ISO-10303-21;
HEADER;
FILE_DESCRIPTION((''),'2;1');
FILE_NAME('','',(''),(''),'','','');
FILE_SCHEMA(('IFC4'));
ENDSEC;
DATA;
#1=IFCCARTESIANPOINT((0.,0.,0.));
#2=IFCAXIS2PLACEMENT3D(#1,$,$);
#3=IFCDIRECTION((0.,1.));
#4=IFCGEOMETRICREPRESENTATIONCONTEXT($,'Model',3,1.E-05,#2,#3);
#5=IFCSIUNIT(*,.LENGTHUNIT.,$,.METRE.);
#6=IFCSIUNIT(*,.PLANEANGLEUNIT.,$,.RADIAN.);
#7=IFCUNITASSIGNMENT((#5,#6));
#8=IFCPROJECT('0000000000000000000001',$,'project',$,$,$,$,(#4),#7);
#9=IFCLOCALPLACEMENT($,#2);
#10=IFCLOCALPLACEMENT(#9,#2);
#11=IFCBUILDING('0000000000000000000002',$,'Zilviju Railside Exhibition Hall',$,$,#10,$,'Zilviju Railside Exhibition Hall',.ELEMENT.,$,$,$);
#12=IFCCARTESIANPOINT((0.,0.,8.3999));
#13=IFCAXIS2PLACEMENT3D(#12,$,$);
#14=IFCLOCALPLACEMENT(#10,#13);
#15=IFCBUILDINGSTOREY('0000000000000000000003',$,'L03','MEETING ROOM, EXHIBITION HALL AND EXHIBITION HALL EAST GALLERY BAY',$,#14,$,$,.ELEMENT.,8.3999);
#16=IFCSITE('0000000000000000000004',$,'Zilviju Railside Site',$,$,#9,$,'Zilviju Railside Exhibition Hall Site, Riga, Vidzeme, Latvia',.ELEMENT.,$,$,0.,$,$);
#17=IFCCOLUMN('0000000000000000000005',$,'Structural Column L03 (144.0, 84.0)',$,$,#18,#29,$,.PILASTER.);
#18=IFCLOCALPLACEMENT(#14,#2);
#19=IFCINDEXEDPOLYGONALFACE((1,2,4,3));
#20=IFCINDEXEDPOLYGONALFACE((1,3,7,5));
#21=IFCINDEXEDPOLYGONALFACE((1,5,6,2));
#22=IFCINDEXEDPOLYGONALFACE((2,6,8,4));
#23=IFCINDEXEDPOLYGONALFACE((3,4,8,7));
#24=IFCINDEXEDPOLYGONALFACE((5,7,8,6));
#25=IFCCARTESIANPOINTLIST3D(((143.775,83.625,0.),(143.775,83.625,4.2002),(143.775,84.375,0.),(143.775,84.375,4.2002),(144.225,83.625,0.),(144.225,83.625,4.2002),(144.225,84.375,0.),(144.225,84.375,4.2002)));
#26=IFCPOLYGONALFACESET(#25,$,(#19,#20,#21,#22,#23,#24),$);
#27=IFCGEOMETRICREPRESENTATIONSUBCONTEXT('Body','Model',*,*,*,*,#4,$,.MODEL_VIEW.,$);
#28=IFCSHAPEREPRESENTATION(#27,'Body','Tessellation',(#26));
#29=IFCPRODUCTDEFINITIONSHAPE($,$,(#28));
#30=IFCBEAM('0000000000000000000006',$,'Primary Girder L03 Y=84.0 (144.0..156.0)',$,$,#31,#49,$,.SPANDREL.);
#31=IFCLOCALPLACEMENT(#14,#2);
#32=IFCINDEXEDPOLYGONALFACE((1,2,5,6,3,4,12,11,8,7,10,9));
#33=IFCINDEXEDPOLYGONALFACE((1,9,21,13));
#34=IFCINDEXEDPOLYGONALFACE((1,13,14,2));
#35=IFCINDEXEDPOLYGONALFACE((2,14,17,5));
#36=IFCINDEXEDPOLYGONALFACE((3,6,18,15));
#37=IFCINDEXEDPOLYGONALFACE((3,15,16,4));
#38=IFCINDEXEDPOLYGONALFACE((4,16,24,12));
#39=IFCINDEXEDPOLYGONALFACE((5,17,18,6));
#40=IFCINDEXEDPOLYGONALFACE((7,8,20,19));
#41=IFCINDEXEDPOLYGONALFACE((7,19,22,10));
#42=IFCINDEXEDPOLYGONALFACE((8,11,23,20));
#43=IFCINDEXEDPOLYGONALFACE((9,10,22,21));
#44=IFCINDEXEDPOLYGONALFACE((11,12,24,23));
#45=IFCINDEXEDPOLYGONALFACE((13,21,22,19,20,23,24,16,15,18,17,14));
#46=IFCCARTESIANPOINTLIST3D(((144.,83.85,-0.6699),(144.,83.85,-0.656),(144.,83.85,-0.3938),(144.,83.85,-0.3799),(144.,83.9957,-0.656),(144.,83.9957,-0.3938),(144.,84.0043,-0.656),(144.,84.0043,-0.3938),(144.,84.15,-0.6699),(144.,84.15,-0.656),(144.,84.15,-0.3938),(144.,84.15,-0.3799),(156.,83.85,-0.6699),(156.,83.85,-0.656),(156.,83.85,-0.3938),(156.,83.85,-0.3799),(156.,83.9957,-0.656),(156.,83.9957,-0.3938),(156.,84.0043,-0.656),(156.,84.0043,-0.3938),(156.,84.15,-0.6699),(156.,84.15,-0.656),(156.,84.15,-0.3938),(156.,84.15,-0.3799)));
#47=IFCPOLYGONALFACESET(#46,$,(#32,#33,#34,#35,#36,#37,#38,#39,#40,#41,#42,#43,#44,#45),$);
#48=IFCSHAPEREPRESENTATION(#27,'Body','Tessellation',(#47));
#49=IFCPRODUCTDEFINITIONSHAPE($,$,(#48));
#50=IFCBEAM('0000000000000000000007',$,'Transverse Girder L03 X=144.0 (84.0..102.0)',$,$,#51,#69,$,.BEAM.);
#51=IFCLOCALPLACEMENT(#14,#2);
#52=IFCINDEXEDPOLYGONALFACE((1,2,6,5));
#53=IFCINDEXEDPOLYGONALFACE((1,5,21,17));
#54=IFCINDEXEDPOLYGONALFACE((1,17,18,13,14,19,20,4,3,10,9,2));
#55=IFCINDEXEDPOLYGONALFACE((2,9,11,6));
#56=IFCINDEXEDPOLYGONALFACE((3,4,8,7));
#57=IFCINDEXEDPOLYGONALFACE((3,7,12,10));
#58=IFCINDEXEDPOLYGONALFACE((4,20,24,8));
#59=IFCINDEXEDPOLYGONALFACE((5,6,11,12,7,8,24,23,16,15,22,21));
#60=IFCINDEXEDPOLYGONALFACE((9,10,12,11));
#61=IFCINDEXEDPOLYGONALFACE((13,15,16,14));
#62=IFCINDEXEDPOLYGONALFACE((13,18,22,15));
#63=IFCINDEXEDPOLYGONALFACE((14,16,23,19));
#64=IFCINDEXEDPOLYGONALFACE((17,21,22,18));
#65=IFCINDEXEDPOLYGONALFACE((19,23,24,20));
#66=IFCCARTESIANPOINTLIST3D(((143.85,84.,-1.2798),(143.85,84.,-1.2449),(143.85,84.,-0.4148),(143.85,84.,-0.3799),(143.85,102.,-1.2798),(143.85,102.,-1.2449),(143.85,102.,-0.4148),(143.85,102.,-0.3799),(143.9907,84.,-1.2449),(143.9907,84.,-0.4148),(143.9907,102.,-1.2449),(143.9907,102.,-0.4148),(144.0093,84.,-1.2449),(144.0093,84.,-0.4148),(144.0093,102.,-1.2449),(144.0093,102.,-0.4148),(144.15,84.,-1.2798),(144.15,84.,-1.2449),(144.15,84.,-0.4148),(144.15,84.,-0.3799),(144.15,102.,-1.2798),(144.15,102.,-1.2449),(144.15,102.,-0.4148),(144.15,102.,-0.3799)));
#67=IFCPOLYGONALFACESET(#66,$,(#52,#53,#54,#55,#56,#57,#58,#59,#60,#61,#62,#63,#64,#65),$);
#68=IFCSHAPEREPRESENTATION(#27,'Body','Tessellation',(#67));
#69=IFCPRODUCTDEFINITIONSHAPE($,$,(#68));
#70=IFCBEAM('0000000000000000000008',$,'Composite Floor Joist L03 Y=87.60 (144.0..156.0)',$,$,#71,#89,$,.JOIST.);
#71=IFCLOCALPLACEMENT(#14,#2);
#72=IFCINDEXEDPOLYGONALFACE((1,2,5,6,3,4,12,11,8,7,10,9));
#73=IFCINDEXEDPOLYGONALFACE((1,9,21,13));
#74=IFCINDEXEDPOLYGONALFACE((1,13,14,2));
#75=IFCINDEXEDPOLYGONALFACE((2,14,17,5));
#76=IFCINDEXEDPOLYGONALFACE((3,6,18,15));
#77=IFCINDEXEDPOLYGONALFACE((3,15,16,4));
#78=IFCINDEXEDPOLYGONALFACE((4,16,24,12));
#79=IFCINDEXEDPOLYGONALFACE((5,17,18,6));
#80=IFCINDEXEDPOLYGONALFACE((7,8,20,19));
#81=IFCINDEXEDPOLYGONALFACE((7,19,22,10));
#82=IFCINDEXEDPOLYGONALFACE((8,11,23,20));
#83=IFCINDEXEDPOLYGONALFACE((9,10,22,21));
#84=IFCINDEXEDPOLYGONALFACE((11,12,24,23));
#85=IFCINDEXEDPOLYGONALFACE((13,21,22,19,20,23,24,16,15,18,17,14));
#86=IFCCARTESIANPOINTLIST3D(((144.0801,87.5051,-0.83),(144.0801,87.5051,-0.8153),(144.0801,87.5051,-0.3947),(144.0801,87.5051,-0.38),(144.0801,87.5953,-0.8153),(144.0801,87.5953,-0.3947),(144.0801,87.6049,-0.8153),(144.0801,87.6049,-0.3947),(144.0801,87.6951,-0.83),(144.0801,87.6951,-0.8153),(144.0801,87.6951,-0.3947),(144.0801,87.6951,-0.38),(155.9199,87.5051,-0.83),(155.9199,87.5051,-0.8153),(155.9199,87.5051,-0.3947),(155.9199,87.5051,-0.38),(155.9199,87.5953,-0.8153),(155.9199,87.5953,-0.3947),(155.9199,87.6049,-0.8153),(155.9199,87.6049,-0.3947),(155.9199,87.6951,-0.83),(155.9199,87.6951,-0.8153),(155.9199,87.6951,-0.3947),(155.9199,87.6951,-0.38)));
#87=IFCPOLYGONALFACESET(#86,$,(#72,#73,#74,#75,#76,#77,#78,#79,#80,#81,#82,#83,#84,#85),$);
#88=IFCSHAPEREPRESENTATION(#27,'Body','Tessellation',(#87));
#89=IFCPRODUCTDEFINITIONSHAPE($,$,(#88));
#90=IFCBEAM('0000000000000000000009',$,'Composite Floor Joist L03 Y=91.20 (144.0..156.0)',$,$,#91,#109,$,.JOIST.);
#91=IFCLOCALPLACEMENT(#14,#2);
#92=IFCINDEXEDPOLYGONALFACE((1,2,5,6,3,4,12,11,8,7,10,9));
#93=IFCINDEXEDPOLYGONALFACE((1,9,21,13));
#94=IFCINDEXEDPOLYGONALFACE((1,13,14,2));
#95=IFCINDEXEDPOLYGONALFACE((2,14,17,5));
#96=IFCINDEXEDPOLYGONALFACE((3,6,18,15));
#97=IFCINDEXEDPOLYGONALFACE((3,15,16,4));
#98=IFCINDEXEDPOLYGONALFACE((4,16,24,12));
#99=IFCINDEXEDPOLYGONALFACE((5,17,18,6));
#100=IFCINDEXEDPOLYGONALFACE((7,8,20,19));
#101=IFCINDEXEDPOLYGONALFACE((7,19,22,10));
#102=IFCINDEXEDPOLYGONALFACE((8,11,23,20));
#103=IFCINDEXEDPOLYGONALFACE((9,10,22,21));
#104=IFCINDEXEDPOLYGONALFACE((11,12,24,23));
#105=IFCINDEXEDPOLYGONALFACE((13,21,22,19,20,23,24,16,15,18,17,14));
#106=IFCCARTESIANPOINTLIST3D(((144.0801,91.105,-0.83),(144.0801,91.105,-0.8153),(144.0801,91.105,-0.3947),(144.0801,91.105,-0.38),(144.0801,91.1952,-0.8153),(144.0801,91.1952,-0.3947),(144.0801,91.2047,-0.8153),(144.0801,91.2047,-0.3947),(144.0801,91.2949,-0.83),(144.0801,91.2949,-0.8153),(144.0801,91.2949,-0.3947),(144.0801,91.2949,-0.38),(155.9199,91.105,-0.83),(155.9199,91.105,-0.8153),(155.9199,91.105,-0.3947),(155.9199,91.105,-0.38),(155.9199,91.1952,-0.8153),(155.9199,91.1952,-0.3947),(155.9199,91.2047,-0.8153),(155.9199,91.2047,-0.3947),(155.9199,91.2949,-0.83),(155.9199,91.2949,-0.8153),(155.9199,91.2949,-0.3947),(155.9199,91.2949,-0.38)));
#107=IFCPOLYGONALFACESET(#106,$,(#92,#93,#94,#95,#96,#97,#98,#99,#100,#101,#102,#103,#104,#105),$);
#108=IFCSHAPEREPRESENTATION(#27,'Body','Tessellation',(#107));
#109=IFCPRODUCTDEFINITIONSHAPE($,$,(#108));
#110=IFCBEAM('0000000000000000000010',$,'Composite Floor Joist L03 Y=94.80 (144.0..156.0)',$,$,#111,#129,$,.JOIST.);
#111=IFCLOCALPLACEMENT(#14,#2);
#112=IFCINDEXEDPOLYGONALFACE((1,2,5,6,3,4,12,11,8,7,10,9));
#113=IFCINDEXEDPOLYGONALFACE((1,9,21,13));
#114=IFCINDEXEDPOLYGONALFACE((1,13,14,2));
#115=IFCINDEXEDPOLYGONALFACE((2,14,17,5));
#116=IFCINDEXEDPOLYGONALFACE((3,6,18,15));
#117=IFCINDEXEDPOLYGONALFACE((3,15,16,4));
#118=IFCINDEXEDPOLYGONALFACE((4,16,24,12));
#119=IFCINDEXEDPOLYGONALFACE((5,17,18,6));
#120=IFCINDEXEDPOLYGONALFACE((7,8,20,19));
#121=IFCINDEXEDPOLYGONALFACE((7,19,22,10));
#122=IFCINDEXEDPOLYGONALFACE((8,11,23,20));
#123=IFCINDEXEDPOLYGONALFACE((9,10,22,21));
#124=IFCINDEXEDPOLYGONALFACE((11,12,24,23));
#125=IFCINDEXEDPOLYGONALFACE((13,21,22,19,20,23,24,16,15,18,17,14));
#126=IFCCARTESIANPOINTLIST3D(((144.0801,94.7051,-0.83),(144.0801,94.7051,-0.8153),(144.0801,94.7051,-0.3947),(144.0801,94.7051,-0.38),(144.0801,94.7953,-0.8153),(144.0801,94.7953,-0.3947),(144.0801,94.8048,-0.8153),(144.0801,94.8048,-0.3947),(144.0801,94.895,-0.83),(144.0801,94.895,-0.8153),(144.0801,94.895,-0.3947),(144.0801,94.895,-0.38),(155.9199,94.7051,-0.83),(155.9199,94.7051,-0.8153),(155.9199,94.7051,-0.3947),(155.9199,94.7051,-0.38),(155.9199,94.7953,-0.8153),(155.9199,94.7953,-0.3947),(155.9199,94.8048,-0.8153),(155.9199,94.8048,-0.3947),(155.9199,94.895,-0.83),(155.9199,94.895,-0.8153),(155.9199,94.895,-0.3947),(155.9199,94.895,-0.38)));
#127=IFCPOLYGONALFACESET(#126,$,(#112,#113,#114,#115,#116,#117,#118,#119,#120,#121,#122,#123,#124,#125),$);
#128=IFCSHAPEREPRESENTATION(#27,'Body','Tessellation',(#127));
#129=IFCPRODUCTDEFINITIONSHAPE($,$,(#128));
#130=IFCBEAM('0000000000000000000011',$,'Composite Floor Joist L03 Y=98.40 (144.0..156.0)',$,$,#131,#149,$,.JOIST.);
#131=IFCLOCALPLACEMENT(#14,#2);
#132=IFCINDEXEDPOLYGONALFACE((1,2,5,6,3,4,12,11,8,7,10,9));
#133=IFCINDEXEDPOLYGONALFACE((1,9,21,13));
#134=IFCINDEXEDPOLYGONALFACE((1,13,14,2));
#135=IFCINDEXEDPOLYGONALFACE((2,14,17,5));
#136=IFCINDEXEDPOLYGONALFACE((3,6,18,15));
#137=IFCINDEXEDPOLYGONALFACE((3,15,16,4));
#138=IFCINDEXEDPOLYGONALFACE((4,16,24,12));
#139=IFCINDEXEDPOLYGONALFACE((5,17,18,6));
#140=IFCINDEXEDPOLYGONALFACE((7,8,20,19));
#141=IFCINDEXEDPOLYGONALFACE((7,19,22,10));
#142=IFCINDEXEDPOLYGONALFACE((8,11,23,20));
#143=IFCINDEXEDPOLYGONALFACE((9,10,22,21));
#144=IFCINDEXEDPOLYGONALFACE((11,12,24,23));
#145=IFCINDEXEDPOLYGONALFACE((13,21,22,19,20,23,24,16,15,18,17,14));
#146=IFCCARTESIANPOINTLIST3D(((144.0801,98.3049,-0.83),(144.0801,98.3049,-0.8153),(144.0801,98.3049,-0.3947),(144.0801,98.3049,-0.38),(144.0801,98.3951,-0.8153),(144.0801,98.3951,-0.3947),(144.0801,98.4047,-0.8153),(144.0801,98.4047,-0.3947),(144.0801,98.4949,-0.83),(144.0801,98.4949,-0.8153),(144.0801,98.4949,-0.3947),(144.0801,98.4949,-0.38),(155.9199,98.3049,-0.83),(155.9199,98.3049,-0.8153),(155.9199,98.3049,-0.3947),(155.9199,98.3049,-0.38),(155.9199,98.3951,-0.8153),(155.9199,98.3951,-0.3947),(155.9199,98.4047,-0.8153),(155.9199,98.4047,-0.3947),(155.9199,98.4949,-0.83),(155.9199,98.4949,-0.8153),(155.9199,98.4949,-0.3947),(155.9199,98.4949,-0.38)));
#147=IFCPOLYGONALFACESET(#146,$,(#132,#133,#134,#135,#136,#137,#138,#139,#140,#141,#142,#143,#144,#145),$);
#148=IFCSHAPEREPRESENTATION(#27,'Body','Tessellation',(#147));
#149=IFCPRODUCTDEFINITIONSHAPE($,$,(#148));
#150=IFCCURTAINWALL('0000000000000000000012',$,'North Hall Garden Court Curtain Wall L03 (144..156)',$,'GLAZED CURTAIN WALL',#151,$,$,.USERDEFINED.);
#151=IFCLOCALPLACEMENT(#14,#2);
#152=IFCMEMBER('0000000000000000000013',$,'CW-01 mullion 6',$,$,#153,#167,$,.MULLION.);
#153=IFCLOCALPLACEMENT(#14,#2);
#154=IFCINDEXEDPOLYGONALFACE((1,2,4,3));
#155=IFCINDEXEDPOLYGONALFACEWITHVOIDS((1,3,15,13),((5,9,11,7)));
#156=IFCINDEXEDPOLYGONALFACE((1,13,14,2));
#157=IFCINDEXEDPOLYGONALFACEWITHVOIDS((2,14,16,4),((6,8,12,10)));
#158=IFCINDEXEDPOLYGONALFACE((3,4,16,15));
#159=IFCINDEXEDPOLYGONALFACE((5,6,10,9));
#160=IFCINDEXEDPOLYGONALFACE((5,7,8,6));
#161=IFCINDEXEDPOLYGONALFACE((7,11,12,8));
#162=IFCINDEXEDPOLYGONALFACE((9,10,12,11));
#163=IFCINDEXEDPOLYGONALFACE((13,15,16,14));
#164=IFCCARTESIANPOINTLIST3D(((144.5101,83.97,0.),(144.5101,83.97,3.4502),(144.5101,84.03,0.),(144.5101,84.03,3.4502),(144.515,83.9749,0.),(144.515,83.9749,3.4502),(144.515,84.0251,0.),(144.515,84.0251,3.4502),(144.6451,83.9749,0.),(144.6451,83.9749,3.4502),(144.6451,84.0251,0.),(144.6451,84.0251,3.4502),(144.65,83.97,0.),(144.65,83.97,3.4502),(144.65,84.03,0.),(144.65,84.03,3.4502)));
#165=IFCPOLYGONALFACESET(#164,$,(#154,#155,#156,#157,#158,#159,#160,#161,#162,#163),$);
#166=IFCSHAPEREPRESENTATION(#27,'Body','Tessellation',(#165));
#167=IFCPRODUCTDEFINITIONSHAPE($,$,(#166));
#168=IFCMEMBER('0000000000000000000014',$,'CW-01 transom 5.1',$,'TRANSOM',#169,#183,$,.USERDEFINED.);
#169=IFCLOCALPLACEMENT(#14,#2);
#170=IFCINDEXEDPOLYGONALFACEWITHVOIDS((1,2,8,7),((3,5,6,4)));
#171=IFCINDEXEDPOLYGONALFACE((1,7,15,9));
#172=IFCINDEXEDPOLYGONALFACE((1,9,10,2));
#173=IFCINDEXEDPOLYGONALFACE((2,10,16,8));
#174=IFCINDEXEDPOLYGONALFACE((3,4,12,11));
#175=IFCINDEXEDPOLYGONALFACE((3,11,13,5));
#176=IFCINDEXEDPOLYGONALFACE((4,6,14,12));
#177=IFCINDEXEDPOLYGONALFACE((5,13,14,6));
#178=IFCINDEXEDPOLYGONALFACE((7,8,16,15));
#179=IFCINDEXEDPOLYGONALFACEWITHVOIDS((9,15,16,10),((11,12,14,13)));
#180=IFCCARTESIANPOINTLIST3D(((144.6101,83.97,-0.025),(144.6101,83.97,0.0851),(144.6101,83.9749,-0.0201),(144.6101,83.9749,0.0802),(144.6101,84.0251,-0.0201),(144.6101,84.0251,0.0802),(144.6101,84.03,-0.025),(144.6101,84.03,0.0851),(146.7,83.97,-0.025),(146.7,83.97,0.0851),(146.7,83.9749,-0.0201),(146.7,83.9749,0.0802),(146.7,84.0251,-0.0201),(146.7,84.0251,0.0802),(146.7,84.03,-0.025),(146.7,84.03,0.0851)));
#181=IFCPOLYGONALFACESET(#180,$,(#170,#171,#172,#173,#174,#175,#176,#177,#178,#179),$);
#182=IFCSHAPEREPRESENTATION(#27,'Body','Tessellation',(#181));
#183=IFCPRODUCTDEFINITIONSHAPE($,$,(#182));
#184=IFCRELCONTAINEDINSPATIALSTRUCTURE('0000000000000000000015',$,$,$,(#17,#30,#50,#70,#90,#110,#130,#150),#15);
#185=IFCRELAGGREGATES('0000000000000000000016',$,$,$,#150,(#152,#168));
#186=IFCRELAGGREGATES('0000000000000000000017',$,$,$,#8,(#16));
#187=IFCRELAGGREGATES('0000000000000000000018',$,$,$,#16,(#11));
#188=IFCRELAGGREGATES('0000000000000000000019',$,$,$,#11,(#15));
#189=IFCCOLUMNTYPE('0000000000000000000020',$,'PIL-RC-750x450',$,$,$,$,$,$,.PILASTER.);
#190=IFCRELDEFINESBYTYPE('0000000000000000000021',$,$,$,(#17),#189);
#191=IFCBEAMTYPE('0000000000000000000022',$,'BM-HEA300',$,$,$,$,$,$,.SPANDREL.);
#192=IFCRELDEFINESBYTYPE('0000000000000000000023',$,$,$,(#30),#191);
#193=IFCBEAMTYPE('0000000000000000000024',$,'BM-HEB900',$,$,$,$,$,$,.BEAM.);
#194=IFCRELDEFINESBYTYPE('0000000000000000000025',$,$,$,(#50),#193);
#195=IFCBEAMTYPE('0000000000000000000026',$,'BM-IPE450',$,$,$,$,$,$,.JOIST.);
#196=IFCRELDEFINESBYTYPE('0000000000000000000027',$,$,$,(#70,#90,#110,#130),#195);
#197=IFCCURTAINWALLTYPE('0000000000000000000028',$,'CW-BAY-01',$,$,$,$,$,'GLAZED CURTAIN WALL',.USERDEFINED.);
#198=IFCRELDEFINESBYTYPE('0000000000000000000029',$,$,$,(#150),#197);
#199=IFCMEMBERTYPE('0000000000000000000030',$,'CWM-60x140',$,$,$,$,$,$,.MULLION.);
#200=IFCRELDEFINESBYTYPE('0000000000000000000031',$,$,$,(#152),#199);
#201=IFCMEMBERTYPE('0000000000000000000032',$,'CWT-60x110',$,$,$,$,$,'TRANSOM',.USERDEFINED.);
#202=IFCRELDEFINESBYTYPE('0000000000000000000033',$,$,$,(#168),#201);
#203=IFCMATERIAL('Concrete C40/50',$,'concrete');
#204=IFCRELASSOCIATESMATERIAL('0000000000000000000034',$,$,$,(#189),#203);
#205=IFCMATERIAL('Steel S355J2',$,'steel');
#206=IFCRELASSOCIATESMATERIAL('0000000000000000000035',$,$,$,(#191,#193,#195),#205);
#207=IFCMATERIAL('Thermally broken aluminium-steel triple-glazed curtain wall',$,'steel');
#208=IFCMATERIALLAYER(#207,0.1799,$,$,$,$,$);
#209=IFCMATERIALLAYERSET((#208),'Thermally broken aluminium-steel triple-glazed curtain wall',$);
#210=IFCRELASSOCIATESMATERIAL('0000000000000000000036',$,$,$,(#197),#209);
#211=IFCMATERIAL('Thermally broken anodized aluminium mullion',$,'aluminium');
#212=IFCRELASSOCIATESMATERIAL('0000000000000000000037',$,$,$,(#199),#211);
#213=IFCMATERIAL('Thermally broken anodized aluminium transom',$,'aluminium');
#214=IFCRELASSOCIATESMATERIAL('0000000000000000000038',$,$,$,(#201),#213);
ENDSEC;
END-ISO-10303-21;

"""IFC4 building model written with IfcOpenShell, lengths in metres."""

from ifc_helpers import new_model, si_unit, direction, frame, origin, origin_2d, place, context, subcontext, project, spatial, rectangle, hollow_rectangle, i_section, extrude, material, layer, layer_set, material_profile, profile_set, type_object, element, aggregate, save


model = new_model("IFC4")

# Units and contexts
model_context = context("Model", 3, precision=1e-05, world=origin(), true_north=direction((0.0, 1.0)))
body_context = subcontext(model_context, "Body", "Model", "MODEL_VIEW")
ifc_project = project(units=[si_unit("LENGTHUNIT", "METRE"), si_unit("PLANEANGLEUNIT", "RADIAN")], contexts=[model_context])

# Site, building, storey
site_placement = place(None, origin())
site = spatial("IfcSite", under=ifc_project, at=site_placement, Name="Zilviju Railside Site", LongName="Zilviju Railside Exhibition Hall Site, Riga, Vidzeme, Latvia", CompositionType="ELEMENT", RefElevation=0.0)
building_placement = place(site_placement, origin())
building = spatial("IfcBuilding", under=site, at=building_placement, Name="Zilviju Railside Exhibition Hall", LongName="Zilviju Railside Exhibition Hall", CompositionType="ELEMENT")
storey_placement = place(building_placement, frame((0.0, 0.0, 8.3999)))
storey = spatial("IfcBuildingStorey", under=building, at=storey_placement, Name="L03", Description="MEETING ROOM, EXHIBITION HALL AND EXHIBITION HALL EAST GALLERY BAY", CompositionType="ELEMENT", Elevation=8.3999)

# Column
ifc_material_1 = material(Name="Concrete C40/50", Category="concrete")
ifc_material_profile_1 = material_profile(ifc_material_1, rectangle(XDim=0.45, YDim=0.75, at=origin_2d()), Name="RC COL 450x750")
ifc_profile_set_1 = profile_set([ifc_material_profile_1], Name="Concrete C40/50")
column_type = type_object("IfcColumnType", Name="PIL-RC-750x450", PredefinedType="PILASTER", material=ifc_profile_set_1)
column_placement = place(storey_placement, frame((144.0, 84.0, 0.0), z_axis=(0.0, 0.0, 1.0), x_axis=(1.0, 0.0, 0.0)))
element("IfcColumn", 1, at=column_placement, inside=storey, type_object=column_type, Name="Structural Column L03 (144.0, 84.0)", PredefinedType="PILASTER", context=body_context, shape_type="SweptSolid", body=[
    extrude(rectangle(XDim=0.45, YDim=0.75, at=origin_2d()), origin(), (0.0, 0.0, 1.0), 4.2002),
])

# Beams
ifc_material_2 = material(Name="Steel S355J2", Category="steel")
ifc_material_profile_2 = material_profile(ifc_material_2, i_section(OverallWidth=0.3, OverallDepth=0.29, WebThickness=0.0085, FlangeThickness=0.0139, at=origin_2d()), Name="HEA 300")
ifc_profile_set_2 = profile_set([ifc_material_profile_2], Name="Steel S355J2")
beam_type_1 = type_object("IfcBeamType", Name="BM-HEA300", PredefinedType="SPANDREL", material=ifc_profile_set_2)
beam_1_placement = place(storey_placement, frame((144.0, 84.0, -0.5249), z_axis=(1.0, 0.0, 0.0), x_axis=(0.0, 1.0, 0.0)))
element("IfcBeam", 2, at=beam_1_placement, inside=storey, type_object=beam_type_1, Name="Primary Girder L03 Y=84.0 (144.0..156.0)", PredefinedType="SPANDREL", context=body_context, shape_type="SweptSolid", body=[
    extrude(i_section(OverallWidth=0.3, OverallDepth=0.29, WebThickness=0.0085, FlangeThickness=0.0139, at=origin_2d()), origin(), (0.0, 0.0, 1.0), 12.0),
])
ifc_material_profile_3 = material_profile(ifc_material_2, i_section(OverallWidth=0.3, OverallDepth=0.8999, WebThickness=0.0186, FlangeThickness=0.0349, at=origin_2d()), Name="HEB 900")
ifc_profile_set_3 = profile_set([ifc_material_profile_3], Name="Steel S355J2")
beam_type_2 = type_object("IfcBeamType", Name="BM-HEB900", PredefinedType="BEAM", material=ifc_profile_set_3)
beam_2_placement = place(storey_placement, frame((144.0, 84.0, -0.8298), z_axis=(0.0, 1.0, 0.0), x_axis=(-1.0, 0.0, 0.0)))
element("IfcBeam", 3, at=beam_2_placement, inside=storey, type_object=beam_type_2, Name="Transverse Girder L03 X=144.0 (84.0..102.0)", PredefinedType="BEAM", context=body_context, shape_type="SweptSolid", body=[
    extrude(i_section(OverallWidth=0.3, OverallDepth=0.8999, WebThickness=0.0186, FlangeThickness=0.0349, at=origin_2d()), origin(), (0.0, 0.0, 1.0), 18.0),
])
ifc_material_profile_4 = material_profile(ifc_material_2, i_section(OverallWidth=0.1899, OverallDepth=0.45, WebThickness=0.0095, FlangeThickness=0.0146, at=origin_2d()), Name="IPE 450")
ifc_profile_set_4 = profile_set([ifc_material_profile_4], Name="Steel S355J2")
beam_type_3 = type_object("IfcBeamType", Name="BM-IPE450", PredefinedType="JOIST", material=ifc_profile_set_4)
for number, where, z_axis, x_axis, name in (
    (4, (144.0801, 87.6001, -0.605), (1.0, 0.0, 0.0), (0.0, 1.0, 0.0), "Composite Floor Joist L03 Y=87.60 (144.0..156.0)"),
    (5, (144.0801, 91.2, -0.605), (1.0, 0.0, 0.0), (0.0, 1.0, 0.0), "Composite Floor Joist L03 Y=91.20 (144.0..156.0)"),
    (6, (144.0801, 94.8, -0.605), (1.0, 0.0, 0.0), (0.0, 1.0, 0.0), "Composite Floor Joist L03 Y=94.80 (144.0..156.0)"),
    (7, (144.0801, 98.3999, -0.605), (1.0, 0.0, 0.0), (0.0, 1.0, 0.0), "Composite Floor Joist L03 Y=98.40 (144.0..156.0)"),
):
    element("IfcBeam", number, at=place(storey_placement, frame(where, z_axis=z_axis, x_axis=x_axis)), inside=storey, type_object=beam_type_3, Name=name, PredefinedType="JOIST", context=body_context, shape_type="SweptSolid", body=[
        extrude(i_section(OverallWidth=0.1899, OverallDepth=0.45, WebThickness=0.0095, FlangeThickness=0.0146, at=origin_2d()), origin(), (0.0, 0.0, 1.0), 11.8398),
    ])

# Curtain wall, members
ifc_material_3 = material(Name="Thermally broken aluminium-steel triple-glazed curtain wall", Category="steel")
ifc_layer_1 = layer(ifc_material_3, 0.1799)
ifc_layer_set_1 = layer_set([ifc_layer_1], Name="Thermally broken aluminium-steel triple-glazed curtain wall")
curtain_wall_type = type_object("IfcCurtainWallType", Name="CW-BAY-01", ElementType="GLAZED CURTAIN WALL", PredefinedType="USERDEFINED", material=ifc_layer_set_1)
curtain_wall_placement = place(storey_placement, origin())
curtain_wall = element("IfcCurtainWall", 8, at=curtain_wall_placement, inside=storey, type_object=curtain_wall_type, Name="North Hall Garden Court Curtain Wall L03 (144..156)", ObjectType="GLAZED CURTAIN WALL", PredefinedType="USERDEFINED")
ifc_material_4 = material(Name="Thermally broken anodized aluminium mullion", Category="aluminium")
ifc_material_profile_5 = material_profile(ifc_material_4, hollow_rectangle(XDim=0.0601, YDim=0.1399, WallThickness=0.0049, at=origin_2d()), Name="MULLION 140x60x5")
ifc_profile_set_5 = profile_set([ifc_material_profile_5], Name="Thermally broken anodized aluminium mullion")
member_type_1 = type_object("IfcMemberType", Name="CWM-60x140", PredefinedType="MULLION", material=ifc_profile_set_5)
member_1_placement = place(storey_placement, frame((144.5801, 84.0, 0.0), z_axis=(0.0, 0.0, 1.0), x_axis=(0.0, -1.0, 0.0)))
member_1 = element("IfcMember", 9, at=member_1_placement, type_object=member_type_1, Name="CW-01 mullion 6", PredefinedType="MULLION", context=body_context, shape_type="SweptSolid", body=[
    extrude(hollow_rectangle(XDim=0.0601, YDim=0.1399, WallThickness=0.0049, at=origin_2d()), origin(), (0.0, 0.0, 1.0), 3.4502),
])
ifc_material_5 = material(Name="Thermally broken anodized aluminium transom", Category="aluminium")
ifc_material_profile_6 = material_profile(ifc_material_5, hollow_rectangle(XDim=0.0601, YDim=0.1101, WallThickness=0.0049, at=origin_2d()), Name="TRANSOM 110x60x5")
ifc_profile_set_6 = profile_set([ifc_material_profile_6], Name="Thermally broken anodized aluminium transom")
member_type_2 = type_object("IfcMemberType", Name="CWT-60x110", ElementType="TRANSOM", PredefinedType="USERDEFINED", material=ifc_profile_set_6)
member_2_placement = place(storey_placement, frame((146.7, 84.0, 0.03), z_axis=(-1.0, 0.0, 0.0), x_axis=(0.0, -1.0, 0.0)))
member_2 = element("IfcMember", 10, at=member_2_placement, type_object=member_type_2, Name="CW-01 transom 5.1", ObjectType="TRANSOM", PredefinedType="USERDEFINED", context=body_context, shape_type="SweptSolid", body=[
    extrude(hollow_rectangle(XDim=0.0601, YDim=0.1101, WallThickness=0.0049, at=origin_2d()), origin(), (0.0, 0.0, 1.0), 2.0898),
])
aggregate(curtain_wall, [member_1, member_2])

save(model, "model.ifc")
